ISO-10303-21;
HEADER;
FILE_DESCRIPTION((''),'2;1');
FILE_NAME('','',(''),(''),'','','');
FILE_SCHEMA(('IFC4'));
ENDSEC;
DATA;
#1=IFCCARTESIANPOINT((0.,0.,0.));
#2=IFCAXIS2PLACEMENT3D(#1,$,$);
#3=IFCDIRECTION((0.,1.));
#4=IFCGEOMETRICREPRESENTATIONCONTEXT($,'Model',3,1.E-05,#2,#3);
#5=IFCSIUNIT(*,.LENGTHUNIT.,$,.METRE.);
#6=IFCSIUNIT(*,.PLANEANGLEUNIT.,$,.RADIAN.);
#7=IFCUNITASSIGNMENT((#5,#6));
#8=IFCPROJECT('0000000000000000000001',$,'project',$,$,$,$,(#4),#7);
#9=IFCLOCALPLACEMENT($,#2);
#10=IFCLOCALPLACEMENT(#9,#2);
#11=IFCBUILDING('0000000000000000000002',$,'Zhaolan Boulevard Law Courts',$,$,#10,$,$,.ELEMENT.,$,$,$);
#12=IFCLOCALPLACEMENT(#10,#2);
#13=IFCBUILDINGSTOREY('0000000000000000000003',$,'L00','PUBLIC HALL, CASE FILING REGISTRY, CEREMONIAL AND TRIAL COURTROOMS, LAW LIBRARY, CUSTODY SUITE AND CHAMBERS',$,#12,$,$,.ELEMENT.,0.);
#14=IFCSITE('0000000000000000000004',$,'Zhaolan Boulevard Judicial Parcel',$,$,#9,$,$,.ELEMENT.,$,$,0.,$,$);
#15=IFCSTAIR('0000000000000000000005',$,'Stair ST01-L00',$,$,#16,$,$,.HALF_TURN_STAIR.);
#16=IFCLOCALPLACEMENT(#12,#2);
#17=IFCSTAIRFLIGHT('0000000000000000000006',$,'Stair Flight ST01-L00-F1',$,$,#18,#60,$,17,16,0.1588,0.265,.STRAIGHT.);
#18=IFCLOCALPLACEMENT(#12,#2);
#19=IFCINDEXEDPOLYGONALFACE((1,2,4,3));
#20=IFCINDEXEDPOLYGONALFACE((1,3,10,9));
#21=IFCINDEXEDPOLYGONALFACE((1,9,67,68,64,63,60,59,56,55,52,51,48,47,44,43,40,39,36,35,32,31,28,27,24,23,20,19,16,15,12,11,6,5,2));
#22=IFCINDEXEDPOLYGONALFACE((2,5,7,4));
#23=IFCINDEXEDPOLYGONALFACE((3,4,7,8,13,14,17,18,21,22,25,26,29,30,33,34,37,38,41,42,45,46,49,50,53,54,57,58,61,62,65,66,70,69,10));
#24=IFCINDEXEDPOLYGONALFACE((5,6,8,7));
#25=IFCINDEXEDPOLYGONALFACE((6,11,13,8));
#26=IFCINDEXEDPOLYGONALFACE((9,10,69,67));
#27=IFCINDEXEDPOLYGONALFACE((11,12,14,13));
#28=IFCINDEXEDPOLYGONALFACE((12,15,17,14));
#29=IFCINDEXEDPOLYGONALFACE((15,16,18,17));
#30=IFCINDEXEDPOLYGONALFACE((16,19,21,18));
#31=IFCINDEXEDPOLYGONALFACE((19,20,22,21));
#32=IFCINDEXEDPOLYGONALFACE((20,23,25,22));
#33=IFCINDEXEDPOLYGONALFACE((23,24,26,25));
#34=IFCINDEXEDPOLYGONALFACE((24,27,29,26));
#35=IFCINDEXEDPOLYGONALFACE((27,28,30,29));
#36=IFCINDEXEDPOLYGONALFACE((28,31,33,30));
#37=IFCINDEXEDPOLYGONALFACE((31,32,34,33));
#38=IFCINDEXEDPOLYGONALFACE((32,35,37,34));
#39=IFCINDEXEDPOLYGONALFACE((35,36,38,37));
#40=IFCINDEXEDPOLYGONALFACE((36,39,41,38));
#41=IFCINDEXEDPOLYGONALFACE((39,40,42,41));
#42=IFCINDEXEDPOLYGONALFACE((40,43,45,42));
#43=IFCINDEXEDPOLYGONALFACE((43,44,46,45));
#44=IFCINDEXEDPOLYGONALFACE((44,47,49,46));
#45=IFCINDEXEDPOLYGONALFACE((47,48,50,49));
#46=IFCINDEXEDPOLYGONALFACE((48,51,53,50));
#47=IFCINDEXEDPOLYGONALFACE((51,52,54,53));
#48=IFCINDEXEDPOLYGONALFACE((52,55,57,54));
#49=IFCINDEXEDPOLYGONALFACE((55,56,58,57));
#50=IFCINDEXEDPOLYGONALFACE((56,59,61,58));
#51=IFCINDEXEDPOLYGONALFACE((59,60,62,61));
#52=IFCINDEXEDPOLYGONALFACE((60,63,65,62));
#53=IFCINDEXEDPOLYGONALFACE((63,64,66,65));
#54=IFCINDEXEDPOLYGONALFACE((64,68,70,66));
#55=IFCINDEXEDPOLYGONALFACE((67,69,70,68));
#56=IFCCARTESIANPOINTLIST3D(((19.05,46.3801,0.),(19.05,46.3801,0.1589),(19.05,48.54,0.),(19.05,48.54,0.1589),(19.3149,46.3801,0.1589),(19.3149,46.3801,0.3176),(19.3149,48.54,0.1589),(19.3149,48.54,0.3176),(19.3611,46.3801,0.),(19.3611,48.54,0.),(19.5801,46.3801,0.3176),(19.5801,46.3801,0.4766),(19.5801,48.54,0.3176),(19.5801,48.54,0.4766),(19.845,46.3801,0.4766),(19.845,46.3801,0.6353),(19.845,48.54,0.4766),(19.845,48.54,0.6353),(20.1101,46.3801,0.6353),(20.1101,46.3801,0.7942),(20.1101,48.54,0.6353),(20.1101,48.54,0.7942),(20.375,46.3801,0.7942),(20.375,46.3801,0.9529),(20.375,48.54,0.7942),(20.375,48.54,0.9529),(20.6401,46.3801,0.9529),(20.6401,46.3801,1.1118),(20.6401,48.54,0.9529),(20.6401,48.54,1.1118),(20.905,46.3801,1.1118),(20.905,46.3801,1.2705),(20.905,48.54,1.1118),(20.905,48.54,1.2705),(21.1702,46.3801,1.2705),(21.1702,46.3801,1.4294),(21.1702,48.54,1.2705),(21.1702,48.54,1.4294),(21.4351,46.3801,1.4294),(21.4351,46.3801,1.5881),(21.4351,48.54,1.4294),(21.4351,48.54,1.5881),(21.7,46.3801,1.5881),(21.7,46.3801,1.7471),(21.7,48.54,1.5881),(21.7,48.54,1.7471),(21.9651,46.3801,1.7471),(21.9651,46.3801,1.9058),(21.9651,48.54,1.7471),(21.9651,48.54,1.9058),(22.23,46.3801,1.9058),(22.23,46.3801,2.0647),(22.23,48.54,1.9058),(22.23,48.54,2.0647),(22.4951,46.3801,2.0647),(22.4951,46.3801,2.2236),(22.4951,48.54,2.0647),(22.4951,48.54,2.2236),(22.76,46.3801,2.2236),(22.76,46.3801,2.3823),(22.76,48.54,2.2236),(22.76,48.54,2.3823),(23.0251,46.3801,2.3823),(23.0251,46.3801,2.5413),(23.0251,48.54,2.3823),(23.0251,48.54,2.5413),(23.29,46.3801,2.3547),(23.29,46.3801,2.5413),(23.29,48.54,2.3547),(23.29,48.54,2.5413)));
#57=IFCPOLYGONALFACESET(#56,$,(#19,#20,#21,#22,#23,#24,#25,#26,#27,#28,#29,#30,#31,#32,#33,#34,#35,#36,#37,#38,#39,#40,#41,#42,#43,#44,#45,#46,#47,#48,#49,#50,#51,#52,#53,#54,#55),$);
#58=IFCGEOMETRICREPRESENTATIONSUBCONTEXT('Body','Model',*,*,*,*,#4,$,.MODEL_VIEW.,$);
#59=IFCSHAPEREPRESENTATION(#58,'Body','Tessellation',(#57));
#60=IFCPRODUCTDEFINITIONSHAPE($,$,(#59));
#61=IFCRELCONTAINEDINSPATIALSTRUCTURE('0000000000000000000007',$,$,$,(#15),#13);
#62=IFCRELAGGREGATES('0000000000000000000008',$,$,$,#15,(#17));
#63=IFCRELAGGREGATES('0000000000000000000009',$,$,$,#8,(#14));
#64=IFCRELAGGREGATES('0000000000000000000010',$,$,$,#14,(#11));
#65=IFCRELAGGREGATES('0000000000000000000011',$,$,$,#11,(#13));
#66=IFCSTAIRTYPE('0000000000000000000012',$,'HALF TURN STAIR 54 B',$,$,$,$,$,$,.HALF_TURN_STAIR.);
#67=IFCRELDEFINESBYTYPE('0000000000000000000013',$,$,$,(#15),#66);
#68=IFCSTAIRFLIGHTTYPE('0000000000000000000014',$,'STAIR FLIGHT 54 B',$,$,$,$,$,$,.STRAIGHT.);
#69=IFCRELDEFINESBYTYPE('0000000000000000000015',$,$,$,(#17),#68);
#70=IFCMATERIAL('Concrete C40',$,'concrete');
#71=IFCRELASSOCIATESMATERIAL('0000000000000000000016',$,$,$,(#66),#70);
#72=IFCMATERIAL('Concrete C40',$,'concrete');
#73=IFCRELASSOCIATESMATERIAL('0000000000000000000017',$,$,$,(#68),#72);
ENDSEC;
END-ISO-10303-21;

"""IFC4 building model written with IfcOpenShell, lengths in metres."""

from ifc_helpers import new_model, si_unit, direction, frame, origin, place, context, subcontext, project, spatial, polyline, outline, extrude, material, type_object, element, aggregate, save


model = new_model("IFC4")

# Units and contexts
model_context = context("Model", 3, precision=1e-05, world=origin(), true_north=direction((0.0, 1.0)))
body_context = subcontext(model_context, "Body", "Model", "MODEL_VIEW")
ifc_project = project(units=[si_unit("LENGTHUNIT", "METRE"), si_unit("PLANEANGLEUNIT", "RADIAN")], contexts=[model_context])

# Site, building, storey
site_placement = place(None, origin())
site = spatial("IfcSite", under=ifc_project, at=site_placement, Name="Zhaolan Boulevard Judicial Parcel", CompositionType="ELEMENT", RefElevation=0.0)
building_placement = place(site_placement, origin())
building = spatial("IfcBuilding", under=site, at=building_placement, Name="Zhaolan Boulevard Law Courts", CompositionType="ELEMENT")
storey_placement = place(building_placement, origin())
storey = spatial("IfcBuildingStorey", under=building, at=storey_placement, Name="L00", Description="PUBLIC HALL, CASE FILING REGISTRY, CEREMONIAL AND TRIAL COURTROOMS, LAW LIBRARY, CUSTODY SUITE AND CHAMBERS", CompositionType="ELEMENT", Elevation=0.0)

# Stair, stair flight
ifc_material_1 = material(Name="Concrete C40", Category="concrete")
stair_type_1 = type_object("IfcStairType", Name="HALF TURN STAIR 54 B", PredefinedType="HALF_TURN_STAIR", material=ifc_material_1)
stair_1_placement = place(storey_placement, origin())
stair_1 = element("IfcStair", 1, at=stair_1_placement, inside=storey, type_object=stair_type_1, Name="Stair ST01-L00", PredefinedType="HALF_TURN_STAIR")
ifc_material_2 = material(Name="Concrete C40", Category="concrete")
stair_flight_type_1 = type_object("IfcStairFlightType", Name="STAIR FLIGHT 54 B", PredefinedType="STRAIGHT", material=ifc_material_2)
stair_flight_1_placement = place(storey_placement, frame((19.05, 47.46, 0.0), z_axis=(0.0, 0.0, 1.0), x_axis=(1.0, 0.0, 0.0)))
stair_flight_1 = element("IfcStairFlight", 2, at=stair_flight_1_placement, type_object=stair_flight_type_1, Name="Stair Flight ST01-L00-F1", NumberOfRisers=17, NumberOfTreads=16, PredefinedType="STRAIGHT", RiserHeight=0.1588, TreadLength=0.265, context=body_context, shape_type="SweptSolid", body=[
    extrude(outline(polyline([(0.0, 0.0), (0.0, 0.1589), (0.2649, 0.1589), (0.2649, 0.3176), (0.53, 0.3176), (0.53, 0.4766), (0.7949, 0.4766), (0.7949, 0.6353), (1.0601, 0.6353), (1.0601, 0.7942), (1.325, 0.7942), (1.325, 0.9529), (1.5901, 0.9529), (1.5901, 1.1118), (1.855, 1.1118), (1.855, 1.2705), (2.1201, 1.2705), (2.1201, 1.4294), (2.385, 1.4294), (2.385, 1.5881), (2.6499, 1.5881), (2.6499, 1.7471), (2.915, 1.7471), (2.915, 1.9058), (3.1799, 1.9058), (3.1799, 2.0647), (3.4451, 2.0647), (3.4451, 2.2236), (3.71, 2.2236), (3.71, 2.3823), (3.9751, 2.3823), (3.9751, 2.5413), (4.24, 2.5413), (4.24, 2.7), (4.24, 2.3547), (0.311, 0.0), (0.0, 0.0)])), frame((0.0, 1.0801, 0.0), z_axis=(0.0, -1.0, 0.0), x_axis=(1.0, 0.0, 0.0)), (0.0, 0.0, 1.0), 2.1599),
])
aggregate(stair_1, [stair_flight_1])

save(model, "model.ifc")
